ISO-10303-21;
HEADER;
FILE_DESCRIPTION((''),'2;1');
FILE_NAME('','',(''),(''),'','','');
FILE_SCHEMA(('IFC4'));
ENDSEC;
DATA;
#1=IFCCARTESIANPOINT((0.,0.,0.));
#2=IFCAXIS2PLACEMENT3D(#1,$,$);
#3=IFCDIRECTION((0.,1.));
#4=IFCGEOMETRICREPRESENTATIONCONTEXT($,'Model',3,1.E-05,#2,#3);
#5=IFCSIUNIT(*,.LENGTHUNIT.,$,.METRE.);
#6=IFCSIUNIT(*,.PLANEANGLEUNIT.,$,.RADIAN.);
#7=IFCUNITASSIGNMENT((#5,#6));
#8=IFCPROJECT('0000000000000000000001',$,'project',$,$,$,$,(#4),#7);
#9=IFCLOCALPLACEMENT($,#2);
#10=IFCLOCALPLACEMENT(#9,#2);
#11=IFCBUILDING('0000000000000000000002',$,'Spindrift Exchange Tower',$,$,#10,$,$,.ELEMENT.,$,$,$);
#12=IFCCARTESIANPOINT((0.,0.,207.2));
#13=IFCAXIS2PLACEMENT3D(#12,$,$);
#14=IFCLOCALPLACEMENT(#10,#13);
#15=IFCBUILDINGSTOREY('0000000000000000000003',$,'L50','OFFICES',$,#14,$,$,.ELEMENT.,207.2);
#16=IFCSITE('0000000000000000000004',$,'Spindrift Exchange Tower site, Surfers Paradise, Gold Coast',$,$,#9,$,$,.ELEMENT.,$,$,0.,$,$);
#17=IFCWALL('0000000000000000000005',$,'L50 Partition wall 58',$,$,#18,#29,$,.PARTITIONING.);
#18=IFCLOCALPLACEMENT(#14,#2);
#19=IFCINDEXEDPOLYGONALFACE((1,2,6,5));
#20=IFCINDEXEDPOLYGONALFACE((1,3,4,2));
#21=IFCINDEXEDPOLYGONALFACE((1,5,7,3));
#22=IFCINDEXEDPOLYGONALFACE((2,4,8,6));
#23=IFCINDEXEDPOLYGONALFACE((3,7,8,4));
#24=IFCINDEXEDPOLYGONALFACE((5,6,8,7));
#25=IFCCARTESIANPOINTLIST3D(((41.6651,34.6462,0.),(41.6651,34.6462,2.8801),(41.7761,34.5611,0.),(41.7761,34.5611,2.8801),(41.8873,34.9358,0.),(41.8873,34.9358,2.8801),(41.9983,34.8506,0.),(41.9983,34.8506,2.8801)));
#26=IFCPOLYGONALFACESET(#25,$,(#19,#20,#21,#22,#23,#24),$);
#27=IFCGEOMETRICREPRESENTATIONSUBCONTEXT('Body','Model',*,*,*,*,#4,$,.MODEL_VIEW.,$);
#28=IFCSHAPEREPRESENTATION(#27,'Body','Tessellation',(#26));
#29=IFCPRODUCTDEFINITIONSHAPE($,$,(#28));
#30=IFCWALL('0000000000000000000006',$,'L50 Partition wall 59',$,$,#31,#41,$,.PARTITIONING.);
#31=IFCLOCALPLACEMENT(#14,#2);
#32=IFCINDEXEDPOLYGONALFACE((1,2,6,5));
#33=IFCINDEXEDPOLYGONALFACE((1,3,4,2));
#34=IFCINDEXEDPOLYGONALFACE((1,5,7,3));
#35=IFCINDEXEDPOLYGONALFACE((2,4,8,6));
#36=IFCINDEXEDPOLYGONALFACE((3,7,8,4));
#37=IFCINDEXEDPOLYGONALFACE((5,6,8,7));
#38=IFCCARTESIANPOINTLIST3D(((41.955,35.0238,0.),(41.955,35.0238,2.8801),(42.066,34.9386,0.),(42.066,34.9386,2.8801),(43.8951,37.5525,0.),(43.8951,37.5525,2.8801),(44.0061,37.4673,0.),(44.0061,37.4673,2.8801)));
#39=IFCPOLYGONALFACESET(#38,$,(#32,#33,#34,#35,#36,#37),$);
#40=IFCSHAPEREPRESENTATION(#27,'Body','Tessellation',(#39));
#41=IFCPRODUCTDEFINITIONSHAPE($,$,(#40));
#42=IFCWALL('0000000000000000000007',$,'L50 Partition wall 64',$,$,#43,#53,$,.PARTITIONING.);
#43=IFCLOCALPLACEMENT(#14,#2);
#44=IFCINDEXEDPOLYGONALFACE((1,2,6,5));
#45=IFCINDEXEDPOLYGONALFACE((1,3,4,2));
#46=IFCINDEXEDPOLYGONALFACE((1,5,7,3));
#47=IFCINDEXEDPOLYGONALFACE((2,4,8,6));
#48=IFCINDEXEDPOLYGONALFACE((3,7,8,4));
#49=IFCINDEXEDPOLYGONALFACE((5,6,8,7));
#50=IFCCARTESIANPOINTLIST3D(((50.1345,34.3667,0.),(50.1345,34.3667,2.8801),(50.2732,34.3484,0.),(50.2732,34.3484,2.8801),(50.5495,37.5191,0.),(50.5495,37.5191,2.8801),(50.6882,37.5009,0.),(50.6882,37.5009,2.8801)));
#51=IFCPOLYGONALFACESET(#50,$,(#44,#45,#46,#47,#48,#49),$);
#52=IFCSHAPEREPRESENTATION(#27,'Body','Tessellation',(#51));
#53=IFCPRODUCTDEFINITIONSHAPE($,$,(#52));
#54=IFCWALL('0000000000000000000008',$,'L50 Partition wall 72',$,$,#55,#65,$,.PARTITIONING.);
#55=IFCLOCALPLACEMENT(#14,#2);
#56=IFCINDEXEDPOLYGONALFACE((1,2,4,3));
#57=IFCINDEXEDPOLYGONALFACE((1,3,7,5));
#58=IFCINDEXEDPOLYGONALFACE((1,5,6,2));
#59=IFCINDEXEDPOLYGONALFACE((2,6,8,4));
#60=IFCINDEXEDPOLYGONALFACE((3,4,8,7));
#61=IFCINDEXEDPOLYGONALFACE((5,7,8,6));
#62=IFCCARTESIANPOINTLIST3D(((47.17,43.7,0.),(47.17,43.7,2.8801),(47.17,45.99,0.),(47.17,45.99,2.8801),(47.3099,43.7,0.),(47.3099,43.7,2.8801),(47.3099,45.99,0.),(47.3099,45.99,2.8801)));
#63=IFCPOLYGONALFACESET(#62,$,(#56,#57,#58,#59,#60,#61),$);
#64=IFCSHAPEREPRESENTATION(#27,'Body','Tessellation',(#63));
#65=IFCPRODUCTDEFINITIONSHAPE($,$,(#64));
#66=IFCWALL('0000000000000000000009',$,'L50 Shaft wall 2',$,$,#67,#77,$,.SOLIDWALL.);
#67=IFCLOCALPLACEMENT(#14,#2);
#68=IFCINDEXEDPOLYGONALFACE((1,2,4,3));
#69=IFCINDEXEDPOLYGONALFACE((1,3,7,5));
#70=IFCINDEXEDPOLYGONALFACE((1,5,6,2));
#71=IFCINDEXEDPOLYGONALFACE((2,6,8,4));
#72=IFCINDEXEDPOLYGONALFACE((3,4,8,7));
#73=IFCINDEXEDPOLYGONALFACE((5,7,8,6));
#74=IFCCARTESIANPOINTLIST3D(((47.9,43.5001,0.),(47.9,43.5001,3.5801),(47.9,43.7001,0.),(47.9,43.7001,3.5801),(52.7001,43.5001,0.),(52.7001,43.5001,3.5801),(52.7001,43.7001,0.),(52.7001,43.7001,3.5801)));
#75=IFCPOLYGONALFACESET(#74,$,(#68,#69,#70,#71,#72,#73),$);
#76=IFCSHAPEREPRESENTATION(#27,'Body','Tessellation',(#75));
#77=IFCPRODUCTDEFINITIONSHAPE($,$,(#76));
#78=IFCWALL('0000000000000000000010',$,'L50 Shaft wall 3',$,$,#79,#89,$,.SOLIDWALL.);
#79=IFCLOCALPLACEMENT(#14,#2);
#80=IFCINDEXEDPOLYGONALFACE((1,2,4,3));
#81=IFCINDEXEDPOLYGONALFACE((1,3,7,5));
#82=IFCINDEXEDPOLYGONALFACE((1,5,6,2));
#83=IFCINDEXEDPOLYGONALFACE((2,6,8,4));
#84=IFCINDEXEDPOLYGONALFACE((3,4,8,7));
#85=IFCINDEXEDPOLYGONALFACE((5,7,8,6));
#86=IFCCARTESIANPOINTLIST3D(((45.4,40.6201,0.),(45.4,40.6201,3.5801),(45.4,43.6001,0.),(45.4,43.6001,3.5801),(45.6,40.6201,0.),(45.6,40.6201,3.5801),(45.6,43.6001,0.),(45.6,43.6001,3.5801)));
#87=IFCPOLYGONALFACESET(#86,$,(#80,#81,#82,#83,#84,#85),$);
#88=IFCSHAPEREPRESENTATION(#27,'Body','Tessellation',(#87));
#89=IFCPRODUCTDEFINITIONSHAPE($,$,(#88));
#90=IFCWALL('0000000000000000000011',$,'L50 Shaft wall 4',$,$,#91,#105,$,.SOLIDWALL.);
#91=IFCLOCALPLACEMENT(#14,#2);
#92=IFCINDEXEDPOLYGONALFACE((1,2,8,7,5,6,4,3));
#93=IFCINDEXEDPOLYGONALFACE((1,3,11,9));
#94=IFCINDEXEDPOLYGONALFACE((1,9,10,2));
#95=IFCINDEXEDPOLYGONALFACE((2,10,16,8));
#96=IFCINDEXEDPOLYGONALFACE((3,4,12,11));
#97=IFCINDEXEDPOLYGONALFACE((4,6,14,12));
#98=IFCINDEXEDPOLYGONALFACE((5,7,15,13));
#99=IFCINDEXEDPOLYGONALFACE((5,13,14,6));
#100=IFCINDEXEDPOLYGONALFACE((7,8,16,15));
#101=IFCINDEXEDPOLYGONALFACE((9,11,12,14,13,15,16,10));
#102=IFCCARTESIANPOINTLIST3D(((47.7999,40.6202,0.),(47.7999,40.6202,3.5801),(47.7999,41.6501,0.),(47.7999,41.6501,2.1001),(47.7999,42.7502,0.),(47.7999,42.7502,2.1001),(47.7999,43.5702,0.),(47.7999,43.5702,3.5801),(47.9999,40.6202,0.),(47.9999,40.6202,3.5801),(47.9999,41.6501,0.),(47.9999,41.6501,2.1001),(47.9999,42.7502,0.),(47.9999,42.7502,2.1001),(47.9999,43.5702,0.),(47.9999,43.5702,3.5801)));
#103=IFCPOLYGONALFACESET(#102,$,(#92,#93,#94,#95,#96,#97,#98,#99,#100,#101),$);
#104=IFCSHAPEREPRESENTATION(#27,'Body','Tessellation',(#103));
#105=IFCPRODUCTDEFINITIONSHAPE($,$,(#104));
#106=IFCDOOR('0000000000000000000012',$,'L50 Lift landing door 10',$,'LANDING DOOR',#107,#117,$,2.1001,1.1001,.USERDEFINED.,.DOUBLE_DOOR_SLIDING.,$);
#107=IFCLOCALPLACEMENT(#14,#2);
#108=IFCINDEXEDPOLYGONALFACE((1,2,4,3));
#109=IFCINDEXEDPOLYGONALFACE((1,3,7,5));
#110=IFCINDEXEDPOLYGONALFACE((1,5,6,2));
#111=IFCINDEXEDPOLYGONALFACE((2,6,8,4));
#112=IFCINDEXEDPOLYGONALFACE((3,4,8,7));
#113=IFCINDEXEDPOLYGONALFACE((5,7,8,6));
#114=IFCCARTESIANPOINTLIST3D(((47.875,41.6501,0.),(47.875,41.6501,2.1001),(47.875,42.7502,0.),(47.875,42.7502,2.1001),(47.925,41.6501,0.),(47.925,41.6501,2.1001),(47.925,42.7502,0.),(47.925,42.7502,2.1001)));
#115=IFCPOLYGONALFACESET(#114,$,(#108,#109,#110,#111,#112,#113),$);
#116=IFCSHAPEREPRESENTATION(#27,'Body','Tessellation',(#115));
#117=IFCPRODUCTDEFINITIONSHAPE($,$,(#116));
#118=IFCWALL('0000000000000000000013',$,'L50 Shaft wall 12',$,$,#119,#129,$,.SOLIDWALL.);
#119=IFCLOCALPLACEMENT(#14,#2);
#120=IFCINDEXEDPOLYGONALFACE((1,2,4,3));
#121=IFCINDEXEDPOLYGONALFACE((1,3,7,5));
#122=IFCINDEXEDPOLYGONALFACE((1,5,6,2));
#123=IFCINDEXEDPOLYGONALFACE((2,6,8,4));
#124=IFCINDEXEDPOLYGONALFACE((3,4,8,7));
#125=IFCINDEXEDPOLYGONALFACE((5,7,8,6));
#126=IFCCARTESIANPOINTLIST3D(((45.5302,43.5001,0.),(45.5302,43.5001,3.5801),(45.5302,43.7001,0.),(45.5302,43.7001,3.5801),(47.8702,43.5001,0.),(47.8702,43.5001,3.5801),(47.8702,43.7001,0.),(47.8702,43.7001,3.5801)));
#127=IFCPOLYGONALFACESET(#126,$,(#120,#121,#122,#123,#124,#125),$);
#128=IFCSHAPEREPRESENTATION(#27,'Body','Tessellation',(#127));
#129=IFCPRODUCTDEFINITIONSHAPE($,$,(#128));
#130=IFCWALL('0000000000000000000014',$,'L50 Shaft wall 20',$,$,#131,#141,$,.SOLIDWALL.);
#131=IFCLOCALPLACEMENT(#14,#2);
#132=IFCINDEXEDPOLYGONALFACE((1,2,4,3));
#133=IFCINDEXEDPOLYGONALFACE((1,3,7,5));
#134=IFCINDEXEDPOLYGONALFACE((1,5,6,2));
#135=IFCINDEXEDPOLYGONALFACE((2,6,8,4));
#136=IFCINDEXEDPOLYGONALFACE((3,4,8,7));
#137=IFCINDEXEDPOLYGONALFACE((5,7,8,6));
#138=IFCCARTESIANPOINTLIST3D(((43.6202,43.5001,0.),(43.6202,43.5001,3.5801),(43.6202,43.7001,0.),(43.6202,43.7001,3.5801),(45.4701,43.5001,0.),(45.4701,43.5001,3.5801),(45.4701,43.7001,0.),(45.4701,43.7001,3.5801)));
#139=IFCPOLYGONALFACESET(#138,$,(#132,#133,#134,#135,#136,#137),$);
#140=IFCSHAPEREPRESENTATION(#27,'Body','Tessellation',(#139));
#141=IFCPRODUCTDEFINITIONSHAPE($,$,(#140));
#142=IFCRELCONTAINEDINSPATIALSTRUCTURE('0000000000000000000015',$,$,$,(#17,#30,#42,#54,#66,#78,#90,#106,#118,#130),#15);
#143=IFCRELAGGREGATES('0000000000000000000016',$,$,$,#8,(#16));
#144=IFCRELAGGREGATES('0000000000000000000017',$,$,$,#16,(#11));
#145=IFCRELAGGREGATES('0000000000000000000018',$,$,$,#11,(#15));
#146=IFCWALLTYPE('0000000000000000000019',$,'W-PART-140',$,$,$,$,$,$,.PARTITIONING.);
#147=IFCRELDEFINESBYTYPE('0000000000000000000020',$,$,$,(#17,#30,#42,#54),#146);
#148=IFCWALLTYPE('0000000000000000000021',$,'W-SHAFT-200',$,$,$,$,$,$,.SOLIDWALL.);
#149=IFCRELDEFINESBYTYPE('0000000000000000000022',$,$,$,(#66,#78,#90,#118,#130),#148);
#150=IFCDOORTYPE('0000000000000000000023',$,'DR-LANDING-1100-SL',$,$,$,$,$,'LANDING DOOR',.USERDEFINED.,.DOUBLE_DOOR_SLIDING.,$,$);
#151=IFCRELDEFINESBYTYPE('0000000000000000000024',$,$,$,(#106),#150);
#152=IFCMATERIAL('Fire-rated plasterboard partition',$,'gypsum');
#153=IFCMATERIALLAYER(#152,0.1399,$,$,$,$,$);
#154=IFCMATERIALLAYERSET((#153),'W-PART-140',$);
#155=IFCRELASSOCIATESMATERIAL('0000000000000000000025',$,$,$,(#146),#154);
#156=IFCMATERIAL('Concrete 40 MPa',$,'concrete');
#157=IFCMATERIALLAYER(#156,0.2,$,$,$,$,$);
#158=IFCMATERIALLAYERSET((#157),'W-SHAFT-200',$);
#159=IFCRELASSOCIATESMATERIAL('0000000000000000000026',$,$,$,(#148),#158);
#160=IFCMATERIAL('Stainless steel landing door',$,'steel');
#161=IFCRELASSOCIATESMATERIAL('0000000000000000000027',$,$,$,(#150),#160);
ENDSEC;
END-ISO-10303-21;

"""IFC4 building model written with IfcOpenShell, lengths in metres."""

from ifc_helpers import new_model, si_unit, direction, frame, frame_2d, origin, place, context, subcontext, project, spatial, rectangle, extrude, source, transform, mapped, material, layer, layer_set, type_object, element, fill, save


model = new_model("IFC4")

# Units and contexts
model_context = context("Model", 3, precision=1e-05, world=origin(), true_north=direction((0.0, 1.0)))
body_context = subcontext(model_context, "Body", "Model", "MODEL_VIEW")
ifc_project = project(units=[si_unit("LENGTHUNIT", "METRE"), si_unit("PLANEANGLEUNIT", "RADIAN")], contexts=[model_context])

# Site, building, storey
site_placement = place(None, origin())
site = spatial("IfcSite", under=ifc_project, at=site_placement, Name="Spindrift Exchange Tower site, Surfers Paradise, Gold Coast", CompositionType="ELEMENT", RefElevation=0.0)
building_placement = place(site_placement, origin())
building = spatial("IfcBuilding", under=site, at=building_placement, Name="Spindrift Exchange Tower", CompositionType="ELEMENT")
storey_placement = place(building_placement, frame((0.0, 0.0, 207.2)))
storey = spatial("IfcBuildingStorey", under=building, at=storey_placement, Name="L50", Description="OFFICES", CompositionType="ELEMENT", Elevation=207.2)

# Shared definitions
ifc_material_1 = material(Name="Fire-rated plasterboard partition", Category="gypsum")

# Shared definitions
ifc_layer_1 = layer(ifc_material_1, 0.1399)
ifc_layer_set_1 = layer_set([ifc_layer_1], Name="W-PART-140")
wall_type_1 = type_object("IfcWallType", Name="W-PART-140", PredefinedType="PARTITIONING", material=ifc_layer_set_1)

# Walls
wall_1_placement = place(storey_placement, frame((41.9429, 34.8933, 0.0), z_axis=(0.0, 0.0, 1.0), x_axis=(-0.60874, -0.793369, 0.0)))
element("IfcWall", 1, at=wall_1_placement, inside=storey, type_object=wall_type_1, Name="L50 Partition wall 58", PredefinedType="PARTITIONING", context=body_context, shape_type="SweptSolid", body=[
    extrude(rectangle(XDim=0.365, YDim=0.1399, at=frame_2d((0.1826, 0.0))), origin(), (0.0, 0.0, 1.0), 2.8801),
])
wall_2_placement = place(storey_placement, frame((43.9507, 37.51, 0.0), z_axis=(0.0, 0.0, 1.0), x_axis=(-0.608715, -0.793389, 0.0)))
element("IfcWall", 2, at=wall_2_placement, inside=storey, type_object=wall_type_1, Name="L50 Partition wall 59", PredefinedType="PARTITIONING", context=body_context, shape_type="SweptSolid", body=[
    extrude(rectangle(XDim=3.1873, YDim=0.1399, at=frame_2d((1.5938, 0.0))), origin(), (0.0, 0.0, 1.0), 2.8801),
])
wall_3_placement = place(storey_placement, frame((50.6189, 37.51, 0.0), z_axis=(0.0, 0.0, 1.0), x_axis=(-0.130524, -0.991445, 0.0)))
element("IfcWall", 3, at=wall_3_placement, inside=storey, type_object=wall_type_1, Name="L50 Partition wall 64", PredefinedType="PARTITIONING", context=body_context, shape_type="SweptSolid", body=[
    extrude(rectangle(XDim=3.1797, YDim=0.1399, at=frame_2d((1.5898, 0.0))), origin(), (0.0, 0.0, 1.0), 2.8801),
])
wall_4_placement = place(storey_placement, frame((47.24, 43.7, 0.0), z_axis=(0.0, 0.0, 1.0), x_axis=(0.0, 1.0, 0.0)))
element("IfcWall", 4, at=wall_4_placement, inside=storey, type_object=wall_type_1, Name="L50 Partition wall 72", PredefinedType="PARTITIONING", context=body_context, shape_type="SweptSolid", body=[
    extrude(rectangle(XDim=2.29, YDim=0.1399, at=frame_2d((1.145, 0.0))), origin(), (0.0, 0.0, 1.0), 2.8801),
])
ifc_material_2 = material(Name="Concrete 40 MPa", Category="concrete")
ifc_layer_2 = layer(ifc_material_2, 0.2)
ifc_layer_set_2 = layer_set([ifc_layer_2], Name="W-SHAFT-200")
wall_type_2 = type_object("IfcWallType", Name="W-SHAFT-200", PredefinedType="SOLIDWALL", material=ifc_layer_set_2)
wall_5_placement = place(storey_placement, frame((52.7, 43.6001, 0.0), z_axis=(0.0, 0.0, 1.0), x_axis=(-1.0, 0.0, 0.0)))
element("IfcWall", 5, at=wall_5_placement, inside=storey, type_object=wall_type_2, Name="L50 Shaft wall 2", PredefinedType="SOLIDWALL", context=body_context, shape_type="SweptSolid", body=[
    extrude(rectangle(XDim=4.8, YDim=0.2, at=frame_2d((2.3999, 0.0))), origin(), (0.0, 0.0, 1.0), 3.5801),
])
wall_6_placement = place(storey_placement, frame((45.5, 43.6001, 0.0), z_axis=(0.0, 0.0, 1.0), x_axis=(0.0, -1.0, 0.0)))
element("IfcWall", 6, at=wall_6_placement, inside=storey, type_object=wall_type_2, Name="L50 Shaft wall 3", PredefinedType="SOLIDWALL", context=body_context, shape_type="SweptSolid", body=[
    extrude(rectangle(XDim=2.98, YDim=0.2, at=frame_2d((1.49, 0.0))), origin(), (0.0, 0.0, 1.0), 3.5801),
])

# Wall, opening, door
wall_7_placement = place(storey_placement, frame((47.8999, 40.6201, 0.0), z_axis=(0.0, 0.0, 1.0), x_axis=(0.0, 1.0, 0.0)))
wall_7 = element("IfcWall", 7, at=wall_7_placement, inside=storey, type_object=wall_type_2, Name="L50 Shaft wall 4", PredefinedType="SOLIDWALL", context=body_context, shape_type="SweptSolid", body=[
    extrude(rectangle(XDim=2.95, YDim=0.2, at=frame_2d((1.4751, 0.0))), origin(), (0.0, 0.0, 1.0), 3.5801),
])
opening_1_placement = place(wall_7_placement, frame((1.03, 0.0, 0.0)))
opening_1 = element("IfcOpeningElement", 8, at=opening_1_placement, cuts=wall_7, PredefinedType="OPENING", context=body_context, shape_type="SweptSolid", body=[
    extrude(rectangle(XDim=1.1001, YDim=2.1001, at=frame_2d((0.55, 1.05))), frame((0.0, 0.1099, 0.0), z_axis=(0.0, -1.0, 0.0), x_axis=(1.0, 0.0, 0.0)), (0.0, 0.0, 1.0), 0.22),
])
ifc_material_3 = material(Name="Stainless steel landing door", Category="steel")
door_type_1 = type_object("IfcDoorType", Name="DR-LANDING-1100-SL", ElementType="LANDING DOOR", OperationType="DOUBLE_DOOR_SLIDING", PredefinedType="USERDEFINED", material=ifc_material_3)
shared_shape_1 = source(origin(), body_context, "Body", "SweptSolid", [
    extrude(rectangle(XDim=1.1001, YDim=2.1001, at=frame_2d((0.55, 1.05))), frame((0.0, 0.0249, 0.0), z_axis=(0.0, -1.0, 0.0), x_axis=(1.0, 0.0, 0.0)), (0.0, 0.0, 1.0), 0.05),
])
door_1_placement = place(opening_1_placement, origin())
door_1 = element("IfcDoor", 9, at=door_1_placement, inside=storey, type_object=door_type_1, Name="L50 Lift landing door 10", ObjectType="LANDING DOOR", OperationType="DOUBLE_DOOR_SLIDING", OverallHeight=2.1001, OverallWidth=1.1001, PredefinedType="USERDEFINED", context=body_context, shape_type="MappedRepresentation", body=[
    mapped(shared_shape_1, transform((0.0, 0.0, 0.0), scale=1.0)),
])
fill(opening_1, door_1)

# Walls
wall_8_placement = place(storey_placement, frame((47.8701, 43.6001, 0.0), z_axis=(0.0, 0.0, 1.0), x_axis=(-1.0, 0.0, 0.0)))
element("IfcWall", 10, at=wall_8_placement, inside=storey, type_object=wall_type_2, Name="L50 Shaft wall 12", PredefinedType="SOLIDWALL", context=body_context, shape_type="SweptSolid", body=[
    extrude(rectangle(XDim=2.3401, YDim=0.2, at=frame_2d((1.1699, 0.0))), origin(), (0.0, 0.0, 1.0), 3.5801),
])
wall_9_placement = place(storey_placement, frame((45.47, 43.6001, 0.0), z_axis=(0.0, 0.0, 1.0), x_axis=(-1.0, 0.0, 0.0)))
element("IfcWall", 11, at=wall_9_placement, inside=storey, type_object=wall_type_2, Name="L50 Shaft wall 20", PredefinedType="SOLIDWALL", context=body_context, shape_type="SweptSolid", body=[
    extrude(rectangle(XDim=1.8499, YDim=0.2, at=frame_2d((0.9248, 0.0))), origin(), (0.0, 0.0, 1.0), 3.5801),
])

save(model, "model.ifc")
